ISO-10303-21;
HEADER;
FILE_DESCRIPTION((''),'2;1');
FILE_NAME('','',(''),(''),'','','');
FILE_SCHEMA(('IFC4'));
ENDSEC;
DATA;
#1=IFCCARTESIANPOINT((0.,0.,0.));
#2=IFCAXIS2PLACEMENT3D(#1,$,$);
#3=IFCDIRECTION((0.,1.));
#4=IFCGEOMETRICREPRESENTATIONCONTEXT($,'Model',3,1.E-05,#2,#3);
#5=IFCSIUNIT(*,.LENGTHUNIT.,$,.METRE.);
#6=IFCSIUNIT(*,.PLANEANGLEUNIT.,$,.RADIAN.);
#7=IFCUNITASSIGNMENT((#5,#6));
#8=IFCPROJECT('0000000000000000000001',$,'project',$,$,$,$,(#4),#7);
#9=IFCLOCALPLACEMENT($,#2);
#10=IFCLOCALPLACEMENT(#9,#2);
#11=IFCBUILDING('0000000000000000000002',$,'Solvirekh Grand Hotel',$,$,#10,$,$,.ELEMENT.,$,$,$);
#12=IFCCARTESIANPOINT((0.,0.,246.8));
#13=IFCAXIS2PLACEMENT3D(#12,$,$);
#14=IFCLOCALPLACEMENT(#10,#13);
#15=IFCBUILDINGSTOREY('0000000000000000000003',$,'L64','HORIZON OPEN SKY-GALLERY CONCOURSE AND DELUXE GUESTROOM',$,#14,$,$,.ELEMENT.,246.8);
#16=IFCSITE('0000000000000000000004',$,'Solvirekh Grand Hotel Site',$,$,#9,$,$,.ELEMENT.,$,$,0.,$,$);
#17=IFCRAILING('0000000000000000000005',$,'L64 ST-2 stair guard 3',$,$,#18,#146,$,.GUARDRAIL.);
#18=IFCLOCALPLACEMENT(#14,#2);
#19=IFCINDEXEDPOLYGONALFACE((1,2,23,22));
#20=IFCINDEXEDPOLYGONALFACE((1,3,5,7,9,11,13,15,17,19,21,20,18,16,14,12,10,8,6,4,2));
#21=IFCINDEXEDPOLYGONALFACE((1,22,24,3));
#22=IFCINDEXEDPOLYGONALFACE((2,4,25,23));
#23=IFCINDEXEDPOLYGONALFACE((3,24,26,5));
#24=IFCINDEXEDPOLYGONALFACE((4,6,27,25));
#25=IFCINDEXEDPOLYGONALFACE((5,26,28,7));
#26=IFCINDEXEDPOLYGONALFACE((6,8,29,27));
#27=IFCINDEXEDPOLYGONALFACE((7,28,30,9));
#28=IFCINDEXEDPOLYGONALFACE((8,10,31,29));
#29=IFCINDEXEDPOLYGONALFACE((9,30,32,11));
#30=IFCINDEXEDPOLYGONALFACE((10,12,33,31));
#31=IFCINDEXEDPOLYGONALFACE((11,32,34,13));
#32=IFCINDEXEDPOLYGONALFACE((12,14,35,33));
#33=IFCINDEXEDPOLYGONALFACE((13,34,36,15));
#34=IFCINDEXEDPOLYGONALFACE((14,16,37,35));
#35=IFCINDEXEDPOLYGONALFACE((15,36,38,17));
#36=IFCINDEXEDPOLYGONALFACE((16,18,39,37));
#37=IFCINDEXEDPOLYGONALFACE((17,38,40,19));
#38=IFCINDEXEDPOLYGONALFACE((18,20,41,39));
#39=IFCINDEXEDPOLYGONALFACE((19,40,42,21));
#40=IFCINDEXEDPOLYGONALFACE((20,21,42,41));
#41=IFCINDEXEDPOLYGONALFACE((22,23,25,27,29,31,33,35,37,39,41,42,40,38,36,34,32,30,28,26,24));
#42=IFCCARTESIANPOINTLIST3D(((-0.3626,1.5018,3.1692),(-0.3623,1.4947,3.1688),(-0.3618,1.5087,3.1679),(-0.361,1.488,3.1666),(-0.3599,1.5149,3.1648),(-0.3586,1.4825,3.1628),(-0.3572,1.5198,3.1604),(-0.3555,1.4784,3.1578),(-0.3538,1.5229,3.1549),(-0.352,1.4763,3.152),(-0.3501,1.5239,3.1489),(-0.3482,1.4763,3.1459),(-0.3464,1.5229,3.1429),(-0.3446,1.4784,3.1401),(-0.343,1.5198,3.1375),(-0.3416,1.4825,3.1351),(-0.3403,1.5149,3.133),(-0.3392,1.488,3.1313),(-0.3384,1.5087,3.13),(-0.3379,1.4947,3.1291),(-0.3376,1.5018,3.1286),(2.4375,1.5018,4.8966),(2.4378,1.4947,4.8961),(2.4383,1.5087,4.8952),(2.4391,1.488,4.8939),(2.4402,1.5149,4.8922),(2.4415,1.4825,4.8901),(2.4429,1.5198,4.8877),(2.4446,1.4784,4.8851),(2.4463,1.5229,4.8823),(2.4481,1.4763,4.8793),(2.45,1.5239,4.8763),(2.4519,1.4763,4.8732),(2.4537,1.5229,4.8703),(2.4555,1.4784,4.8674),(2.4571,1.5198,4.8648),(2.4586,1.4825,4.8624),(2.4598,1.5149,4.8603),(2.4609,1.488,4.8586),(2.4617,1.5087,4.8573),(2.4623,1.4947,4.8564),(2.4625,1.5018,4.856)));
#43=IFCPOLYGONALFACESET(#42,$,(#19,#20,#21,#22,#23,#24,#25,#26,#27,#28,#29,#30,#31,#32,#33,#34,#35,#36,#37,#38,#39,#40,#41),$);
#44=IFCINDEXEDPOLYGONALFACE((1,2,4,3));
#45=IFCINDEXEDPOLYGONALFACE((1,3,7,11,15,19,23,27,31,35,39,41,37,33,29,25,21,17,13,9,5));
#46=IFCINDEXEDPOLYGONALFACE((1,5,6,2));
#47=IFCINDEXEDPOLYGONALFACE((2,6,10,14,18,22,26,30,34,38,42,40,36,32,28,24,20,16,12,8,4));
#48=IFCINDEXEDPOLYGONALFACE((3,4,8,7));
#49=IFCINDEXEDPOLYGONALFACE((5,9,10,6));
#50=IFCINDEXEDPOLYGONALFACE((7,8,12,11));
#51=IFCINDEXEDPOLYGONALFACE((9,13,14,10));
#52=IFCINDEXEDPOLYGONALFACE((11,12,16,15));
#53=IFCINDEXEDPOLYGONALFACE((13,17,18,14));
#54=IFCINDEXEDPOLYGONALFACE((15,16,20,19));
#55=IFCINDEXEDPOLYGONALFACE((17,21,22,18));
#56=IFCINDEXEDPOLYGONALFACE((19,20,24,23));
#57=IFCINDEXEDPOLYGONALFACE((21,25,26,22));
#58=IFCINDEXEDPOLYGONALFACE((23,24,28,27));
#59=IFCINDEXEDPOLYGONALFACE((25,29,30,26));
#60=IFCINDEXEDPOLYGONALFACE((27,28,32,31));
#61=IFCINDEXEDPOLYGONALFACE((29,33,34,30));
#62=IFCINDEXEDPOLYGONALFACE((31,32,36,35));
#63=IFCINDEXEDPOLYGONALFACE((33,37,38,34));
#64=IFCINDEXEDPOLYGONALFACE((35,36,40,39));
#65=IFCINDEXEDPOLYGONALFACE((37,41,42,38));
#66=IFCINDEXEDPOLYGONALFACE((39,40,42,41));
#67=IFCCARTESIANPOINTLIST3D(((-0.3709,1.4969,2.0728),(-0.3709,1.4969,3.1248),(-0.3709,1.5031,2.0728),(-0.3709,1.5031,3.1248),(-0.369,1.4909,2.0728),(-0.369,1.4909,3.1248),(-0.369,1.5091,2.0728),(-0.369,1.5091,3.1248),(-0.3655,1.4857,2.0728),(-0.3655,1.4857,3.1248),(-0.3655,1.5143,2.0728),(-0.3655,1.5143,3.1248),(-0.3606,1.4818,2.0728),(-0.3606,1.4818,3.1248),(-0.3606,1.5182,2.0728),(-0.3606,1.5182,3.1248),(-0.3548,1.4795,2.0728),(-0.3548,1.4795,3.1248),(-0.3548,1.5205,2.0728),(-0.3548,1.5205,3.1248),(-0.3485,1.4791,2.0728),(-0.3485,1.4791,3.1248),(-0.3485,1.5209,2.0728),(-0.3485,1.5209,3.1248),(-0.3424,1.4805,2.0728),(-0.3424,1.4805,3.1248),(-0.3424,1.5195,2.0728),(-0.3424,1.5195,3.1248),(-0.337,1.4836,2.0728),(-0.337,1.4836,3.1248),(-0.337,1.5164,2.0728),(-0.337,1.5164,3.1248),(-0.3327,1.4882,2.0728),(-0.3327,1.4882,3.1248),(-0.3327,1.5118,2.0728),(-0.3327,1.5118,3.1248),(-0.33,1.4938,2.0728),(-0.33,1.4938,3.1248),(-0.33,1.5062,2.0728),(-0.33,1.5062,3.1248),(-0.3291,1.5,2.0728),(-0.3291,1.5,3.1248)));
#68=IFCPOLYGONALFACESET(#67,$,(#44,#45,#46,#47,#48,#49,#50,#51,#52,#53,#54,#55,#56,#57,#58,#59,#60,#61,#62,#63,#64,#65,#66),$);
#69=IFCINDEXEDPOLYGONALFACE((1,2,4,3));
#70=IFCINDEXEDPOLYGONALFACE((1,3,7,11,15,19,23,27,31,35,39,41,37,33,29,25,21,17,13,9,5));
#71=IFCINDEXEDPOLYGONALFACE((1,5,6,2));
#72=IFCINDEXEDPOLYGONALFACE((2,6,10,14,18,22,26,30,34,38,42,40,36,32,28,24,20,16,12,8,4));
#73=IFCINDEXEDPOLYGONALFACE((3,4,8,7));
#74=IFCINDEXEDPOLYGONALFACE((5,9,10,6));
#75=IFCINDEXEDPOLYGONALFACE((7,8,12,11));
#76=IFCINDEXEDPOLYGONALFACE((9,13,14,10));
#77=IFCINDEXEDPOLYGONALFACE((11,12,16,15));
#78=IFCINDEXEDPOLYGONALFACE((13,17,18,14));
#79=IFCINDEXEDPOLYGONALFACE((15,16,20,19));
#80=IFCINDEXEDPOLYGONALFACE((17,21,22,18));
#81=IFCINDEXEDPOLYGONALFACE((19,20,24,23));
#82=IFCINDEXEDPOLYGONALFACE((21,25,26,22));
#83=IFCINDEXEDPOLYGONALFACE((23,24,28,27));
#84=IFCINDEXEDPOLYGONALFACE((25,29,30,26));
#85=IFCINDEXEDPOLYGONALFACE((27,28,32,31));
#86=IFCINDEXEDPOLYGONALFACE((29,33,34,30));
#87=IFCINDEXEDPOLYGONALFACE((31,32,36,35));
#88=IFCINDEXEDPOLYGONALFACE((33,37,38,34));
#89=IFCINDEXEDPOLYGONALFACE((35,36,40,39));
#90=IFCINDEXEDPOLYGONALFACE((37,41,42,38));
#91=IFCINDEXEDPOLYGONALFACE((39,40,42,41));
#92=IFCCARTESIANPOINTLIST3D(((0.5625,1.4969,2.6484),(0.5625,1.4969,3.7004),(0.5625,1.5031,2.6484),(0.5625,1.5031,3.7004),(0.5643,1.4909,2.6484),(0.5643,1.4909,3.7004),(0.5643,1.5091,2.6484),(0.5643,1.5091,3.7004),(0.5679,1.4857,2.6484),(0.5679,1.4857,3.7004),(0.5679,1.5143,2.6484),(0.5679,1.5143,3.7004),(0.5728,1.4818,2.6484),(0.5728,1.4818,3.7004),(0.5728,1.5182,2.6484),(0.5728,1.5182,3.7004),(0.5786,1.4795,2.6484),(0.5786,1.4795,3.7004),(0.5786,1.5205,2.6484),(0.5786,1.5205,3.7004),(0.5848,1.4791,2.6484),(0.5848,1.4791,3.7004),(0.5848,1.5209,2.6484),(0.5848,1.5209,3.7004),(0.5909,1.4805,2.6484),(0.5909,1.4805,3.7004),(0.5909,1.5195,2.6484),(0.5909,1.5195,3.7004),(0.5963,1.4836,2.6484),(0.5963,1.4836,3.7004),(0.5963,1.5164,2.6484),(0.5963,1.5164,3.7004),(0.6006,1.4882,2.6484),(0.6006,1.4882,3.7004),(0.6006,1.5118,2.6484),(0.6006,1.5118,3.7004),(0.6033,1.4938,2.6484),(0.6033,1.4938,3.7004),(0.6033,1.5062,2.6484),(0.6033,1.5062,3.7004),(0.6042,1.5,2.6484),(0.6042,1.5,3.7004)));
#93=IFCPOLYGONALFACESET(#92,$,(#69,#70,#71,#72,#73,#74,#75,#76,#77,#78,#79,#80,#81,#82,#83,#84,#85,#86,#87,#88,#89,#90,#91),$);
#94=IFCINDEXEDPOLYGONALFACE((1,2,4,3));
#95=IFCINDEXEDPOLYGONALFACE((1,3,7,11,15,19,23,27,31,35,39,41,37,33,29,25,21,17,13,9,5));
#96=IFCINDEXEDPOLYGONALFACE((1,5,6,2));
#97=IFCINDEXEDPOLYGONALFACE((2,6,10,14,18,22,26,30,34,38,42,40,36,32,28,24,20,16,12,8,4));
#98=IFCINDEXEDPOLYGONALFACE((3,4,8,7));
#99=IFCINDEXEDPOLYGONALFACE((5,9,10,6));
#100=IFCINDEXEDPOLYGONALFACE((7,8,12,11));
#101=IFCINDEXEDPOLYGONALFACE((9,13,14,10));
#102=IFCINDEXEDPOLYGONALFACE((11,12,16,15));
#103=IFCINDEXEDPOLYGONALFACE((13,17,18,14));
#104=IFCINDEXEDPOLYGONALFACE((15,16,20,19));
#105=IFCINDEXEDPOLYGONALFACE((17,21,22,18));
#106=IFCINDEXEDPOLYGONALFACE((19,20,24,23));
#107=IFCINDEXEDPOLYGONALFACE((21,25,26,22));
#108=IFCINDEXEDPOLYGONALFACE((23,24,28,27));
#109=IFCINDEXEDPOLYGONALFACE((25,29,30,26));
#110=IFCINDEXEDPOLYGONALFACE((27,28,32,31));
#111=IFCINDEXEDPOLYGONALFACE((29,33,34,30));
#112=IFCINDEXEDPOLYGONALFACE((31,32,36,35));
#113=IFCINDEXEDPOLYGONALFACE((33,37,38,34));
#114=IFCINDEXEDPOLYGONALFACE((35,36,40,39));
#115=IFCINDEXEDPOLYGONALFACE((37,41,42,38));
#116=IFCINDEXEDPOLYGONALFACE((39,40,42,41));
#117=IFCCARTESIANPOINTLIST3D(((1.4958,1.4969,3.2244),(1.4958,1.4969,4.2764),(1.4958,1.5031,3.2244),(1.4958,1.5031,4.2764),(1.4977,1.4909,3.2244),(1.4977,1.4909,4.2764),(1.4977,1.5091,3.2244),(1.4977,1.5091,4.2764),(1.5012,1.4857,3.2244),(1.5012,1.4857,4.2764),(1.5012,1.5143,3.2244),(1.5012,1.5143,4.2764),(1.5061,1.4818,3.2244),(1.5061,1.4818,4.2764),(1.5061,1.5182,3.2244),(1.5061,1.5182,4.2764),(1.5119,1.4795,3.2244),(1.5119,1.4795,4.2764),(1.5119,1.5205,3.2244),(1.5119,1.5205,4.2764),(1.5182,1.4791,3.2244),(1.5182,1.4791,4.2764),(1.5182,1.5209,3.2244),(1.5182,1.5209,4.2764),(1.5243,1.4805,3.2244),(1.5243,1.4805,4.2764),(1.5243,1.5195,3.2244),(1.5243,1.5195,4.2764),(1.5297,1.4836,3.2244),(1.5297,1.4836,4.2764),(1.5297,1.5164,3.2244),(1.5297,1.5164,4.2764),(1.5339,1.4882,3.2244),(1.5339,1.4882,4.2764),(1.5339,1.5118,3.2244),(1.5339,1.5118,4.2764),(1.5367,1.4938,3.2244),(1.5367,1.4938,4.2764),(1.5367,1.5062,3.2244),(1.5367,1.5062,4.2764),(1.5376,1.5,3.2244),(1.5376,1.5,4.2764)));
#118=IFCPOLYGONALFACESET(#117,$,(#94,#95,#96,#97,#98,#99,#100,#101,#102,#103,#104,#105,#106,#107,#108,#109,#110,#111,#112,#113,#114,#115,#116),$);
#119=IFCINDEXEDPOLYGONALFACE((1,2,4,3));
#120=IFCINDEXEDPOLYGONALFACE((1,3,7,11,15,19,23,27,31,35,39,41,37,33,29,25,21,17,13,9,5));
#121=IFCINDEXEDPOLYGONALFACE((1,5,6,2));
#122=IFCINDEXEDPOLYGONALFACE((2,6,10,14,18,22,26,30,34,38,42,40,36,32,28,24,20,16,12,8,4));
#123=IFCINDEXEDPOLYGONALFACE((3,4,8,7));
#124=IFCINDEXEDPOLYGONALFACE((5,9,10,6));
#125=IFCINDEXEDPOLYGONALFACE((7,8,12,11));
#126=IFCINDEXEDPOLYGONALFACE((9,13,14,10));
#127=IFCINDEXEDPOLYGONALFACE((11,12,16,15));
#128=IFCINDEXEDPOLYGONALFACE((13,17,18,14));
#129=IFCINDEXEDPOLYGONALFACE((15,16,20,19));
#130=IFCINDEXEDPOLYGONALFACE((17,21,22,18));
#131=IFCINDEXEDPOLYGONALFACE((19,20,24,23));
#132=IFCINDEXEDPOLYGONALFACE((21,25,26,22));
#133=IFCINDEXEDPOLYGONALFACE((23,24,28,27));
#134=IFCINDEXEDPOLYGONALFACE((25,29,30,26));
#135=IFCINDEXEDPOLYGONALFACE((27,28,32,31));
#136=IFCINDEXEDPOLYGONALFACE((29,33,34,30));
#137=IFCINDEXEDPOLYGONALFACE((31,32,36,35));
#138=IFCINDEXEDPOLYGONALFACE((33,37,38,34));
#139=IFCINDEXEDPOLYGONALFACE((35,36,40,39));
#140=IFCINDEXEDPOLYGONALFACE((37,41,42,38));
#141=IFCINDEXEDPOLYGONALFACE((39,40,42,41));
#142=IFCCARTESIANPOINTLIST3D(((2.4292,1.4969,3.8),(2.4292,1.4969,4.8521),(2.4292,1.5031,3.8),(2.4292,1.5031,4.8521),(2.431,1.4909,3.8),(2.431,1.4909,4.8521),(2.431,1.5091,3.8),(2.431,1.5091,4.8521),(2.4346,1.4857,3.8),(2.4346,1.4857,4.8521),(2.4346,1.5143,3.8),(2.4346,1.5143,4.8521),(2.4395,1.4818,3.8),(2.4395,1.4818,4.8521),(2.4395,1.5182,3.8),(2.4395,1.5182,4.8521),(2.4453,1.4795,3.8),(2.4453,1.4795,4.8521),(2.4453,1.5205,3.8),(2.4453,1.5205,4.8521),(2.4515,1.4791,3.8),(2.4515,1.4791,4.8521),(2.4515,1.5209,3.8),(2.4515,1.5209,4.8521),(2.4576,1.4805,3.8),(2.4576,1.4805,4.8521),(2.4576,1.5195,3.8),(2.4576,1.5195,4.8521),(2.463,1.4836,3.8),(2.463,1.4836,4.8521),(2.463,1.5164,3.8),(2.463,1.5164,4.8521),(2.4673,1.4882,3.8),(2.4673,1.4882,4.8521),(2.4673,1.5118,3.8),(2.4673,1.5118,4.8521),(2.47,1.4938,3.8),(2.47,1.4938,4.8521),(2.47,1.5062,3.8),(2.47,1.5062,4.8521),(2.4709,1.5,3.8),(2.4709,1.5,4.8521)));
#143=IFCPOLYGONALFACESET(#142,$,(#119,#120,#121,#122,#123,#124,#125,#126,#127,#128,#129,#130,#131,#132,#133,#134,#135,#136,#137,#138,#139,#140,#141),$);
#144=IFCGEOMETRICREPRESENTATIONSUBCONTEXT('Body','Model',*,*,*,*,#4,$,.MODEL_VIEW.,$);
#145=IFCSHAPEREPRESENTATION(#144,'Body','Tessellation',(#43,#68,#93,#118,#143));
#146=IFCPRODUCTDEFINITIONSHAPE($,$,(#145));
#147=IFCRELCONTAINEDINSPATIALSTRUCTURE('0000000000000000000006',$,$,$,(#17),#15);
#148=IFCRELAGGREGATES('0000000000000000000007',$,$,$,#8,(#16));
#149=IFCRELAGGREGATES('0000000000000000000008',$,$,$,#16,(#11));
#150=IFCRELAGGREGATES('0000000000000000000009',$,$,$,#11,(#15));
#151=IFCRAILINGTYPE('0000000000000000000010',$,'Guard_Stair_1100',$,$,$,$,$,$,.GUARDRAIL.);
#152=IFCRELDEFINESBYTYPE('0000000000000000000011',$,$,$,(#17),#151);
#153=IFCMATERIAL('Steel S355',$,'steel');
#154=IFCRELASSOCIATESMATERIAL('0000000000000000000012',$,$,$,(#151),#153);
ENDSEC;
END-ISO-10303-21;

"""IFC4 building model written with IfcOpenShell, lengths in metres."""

from ifc_helpers import new_model, si_unit, direction, frame, origin, origin_2d, place, context, subcontext, project, spatial, circle, extrude, material, type_object, element, save


model = new_model("IFC4")

# Units and contexts
model_context = context("Model", 3, precision=1e-05, world=origin(), true_north=direction((0.0, 1.0)))
body_context = subcontext(model_context, "Body", "Model", "MODEL_VIEW")
ifc_project = project(units=[si_unit("LENGTHUNIT", "METRE"), si_unit("PLANEANGLEUNIT", "RADIAN")], contexts=[model_context])

# Site, building, storey
site_placement = place(None, origin())
site = spatial("IfcSite", under=ifc_project, at=site_placement, Name="Solvirekh Grand Hotel Site", CompositionType="ELEMENT", RefElevation=0.0)
building_placement = place(site_placement, origin())
building = spatial("IfcBuilding", under=site, at=building_placement, Name="Solvirekh Grand Hotel", CompositionType="ELEMENT")
storey_placement = place(building_placement, frame((0.0, 0.0, 246.8)))
storey = spatial("IfcBuildingStorey", under=building, at=storey_placement, Name="L64", Description="HORIZON OPEN SKY-GALLERY CONCOURSE AND DELUXE GUESTROOM", CompositionType="ELEMENT", Elevation=246.8)

# Shared definitions
ifc_material_1 = material(Name="Steel S355", Category="steel")

# Railing
railing_type_1 = type_object("IfcRailingType", Name="Guard_Stair_1100", PredefinedType="GUARDRAIL", material=ifc_material_1)
railing_1_placement = place(storey_placement, frame((-0.3501, 1.5, 2.0728)))
element("IfcRailing", 1, at=railing_1_placement, inside=storey, type_object=railing_type_1, Name="L64 ST-2 stair guard 3", PredefinedType="GUARDRAIL", context=body_context, shape_type="SweptSolid", body=[
    extrude(circle(Radius=0.0239, at=origin_2d()), frame((0.0, 0.0, 1.0762), z_axis=(0.85109, 0.0, 0.52502), x_axis=(0.0, 1.0, 0.0)), (0.0, 0.0, 1.0), 3.29),
    extrude(circle(Radius=0.021, at=origin_2d()), origin(), (0.0, 0.0, 1.0), 1.052),
    extrude(circle(Radius=0.021, at=origin_2d()), frame((0.9333, 0.0, 0.5757)), (0.0, 0.0, 1.0), 1.052),
    extrude(circle(Radius=0.021, at=origin_2d()), frame((1.8667, 0.0, 1.1516)), (0.0, 0.0, 1.0), 1.052),
    extrude(circle(Radius=0.021, at=origin_2d()), frame((2.8, 0.0, 1.7273)), (0.0, 0.0, 1.0), 1.052),
])

save(model, "model.ifc")
